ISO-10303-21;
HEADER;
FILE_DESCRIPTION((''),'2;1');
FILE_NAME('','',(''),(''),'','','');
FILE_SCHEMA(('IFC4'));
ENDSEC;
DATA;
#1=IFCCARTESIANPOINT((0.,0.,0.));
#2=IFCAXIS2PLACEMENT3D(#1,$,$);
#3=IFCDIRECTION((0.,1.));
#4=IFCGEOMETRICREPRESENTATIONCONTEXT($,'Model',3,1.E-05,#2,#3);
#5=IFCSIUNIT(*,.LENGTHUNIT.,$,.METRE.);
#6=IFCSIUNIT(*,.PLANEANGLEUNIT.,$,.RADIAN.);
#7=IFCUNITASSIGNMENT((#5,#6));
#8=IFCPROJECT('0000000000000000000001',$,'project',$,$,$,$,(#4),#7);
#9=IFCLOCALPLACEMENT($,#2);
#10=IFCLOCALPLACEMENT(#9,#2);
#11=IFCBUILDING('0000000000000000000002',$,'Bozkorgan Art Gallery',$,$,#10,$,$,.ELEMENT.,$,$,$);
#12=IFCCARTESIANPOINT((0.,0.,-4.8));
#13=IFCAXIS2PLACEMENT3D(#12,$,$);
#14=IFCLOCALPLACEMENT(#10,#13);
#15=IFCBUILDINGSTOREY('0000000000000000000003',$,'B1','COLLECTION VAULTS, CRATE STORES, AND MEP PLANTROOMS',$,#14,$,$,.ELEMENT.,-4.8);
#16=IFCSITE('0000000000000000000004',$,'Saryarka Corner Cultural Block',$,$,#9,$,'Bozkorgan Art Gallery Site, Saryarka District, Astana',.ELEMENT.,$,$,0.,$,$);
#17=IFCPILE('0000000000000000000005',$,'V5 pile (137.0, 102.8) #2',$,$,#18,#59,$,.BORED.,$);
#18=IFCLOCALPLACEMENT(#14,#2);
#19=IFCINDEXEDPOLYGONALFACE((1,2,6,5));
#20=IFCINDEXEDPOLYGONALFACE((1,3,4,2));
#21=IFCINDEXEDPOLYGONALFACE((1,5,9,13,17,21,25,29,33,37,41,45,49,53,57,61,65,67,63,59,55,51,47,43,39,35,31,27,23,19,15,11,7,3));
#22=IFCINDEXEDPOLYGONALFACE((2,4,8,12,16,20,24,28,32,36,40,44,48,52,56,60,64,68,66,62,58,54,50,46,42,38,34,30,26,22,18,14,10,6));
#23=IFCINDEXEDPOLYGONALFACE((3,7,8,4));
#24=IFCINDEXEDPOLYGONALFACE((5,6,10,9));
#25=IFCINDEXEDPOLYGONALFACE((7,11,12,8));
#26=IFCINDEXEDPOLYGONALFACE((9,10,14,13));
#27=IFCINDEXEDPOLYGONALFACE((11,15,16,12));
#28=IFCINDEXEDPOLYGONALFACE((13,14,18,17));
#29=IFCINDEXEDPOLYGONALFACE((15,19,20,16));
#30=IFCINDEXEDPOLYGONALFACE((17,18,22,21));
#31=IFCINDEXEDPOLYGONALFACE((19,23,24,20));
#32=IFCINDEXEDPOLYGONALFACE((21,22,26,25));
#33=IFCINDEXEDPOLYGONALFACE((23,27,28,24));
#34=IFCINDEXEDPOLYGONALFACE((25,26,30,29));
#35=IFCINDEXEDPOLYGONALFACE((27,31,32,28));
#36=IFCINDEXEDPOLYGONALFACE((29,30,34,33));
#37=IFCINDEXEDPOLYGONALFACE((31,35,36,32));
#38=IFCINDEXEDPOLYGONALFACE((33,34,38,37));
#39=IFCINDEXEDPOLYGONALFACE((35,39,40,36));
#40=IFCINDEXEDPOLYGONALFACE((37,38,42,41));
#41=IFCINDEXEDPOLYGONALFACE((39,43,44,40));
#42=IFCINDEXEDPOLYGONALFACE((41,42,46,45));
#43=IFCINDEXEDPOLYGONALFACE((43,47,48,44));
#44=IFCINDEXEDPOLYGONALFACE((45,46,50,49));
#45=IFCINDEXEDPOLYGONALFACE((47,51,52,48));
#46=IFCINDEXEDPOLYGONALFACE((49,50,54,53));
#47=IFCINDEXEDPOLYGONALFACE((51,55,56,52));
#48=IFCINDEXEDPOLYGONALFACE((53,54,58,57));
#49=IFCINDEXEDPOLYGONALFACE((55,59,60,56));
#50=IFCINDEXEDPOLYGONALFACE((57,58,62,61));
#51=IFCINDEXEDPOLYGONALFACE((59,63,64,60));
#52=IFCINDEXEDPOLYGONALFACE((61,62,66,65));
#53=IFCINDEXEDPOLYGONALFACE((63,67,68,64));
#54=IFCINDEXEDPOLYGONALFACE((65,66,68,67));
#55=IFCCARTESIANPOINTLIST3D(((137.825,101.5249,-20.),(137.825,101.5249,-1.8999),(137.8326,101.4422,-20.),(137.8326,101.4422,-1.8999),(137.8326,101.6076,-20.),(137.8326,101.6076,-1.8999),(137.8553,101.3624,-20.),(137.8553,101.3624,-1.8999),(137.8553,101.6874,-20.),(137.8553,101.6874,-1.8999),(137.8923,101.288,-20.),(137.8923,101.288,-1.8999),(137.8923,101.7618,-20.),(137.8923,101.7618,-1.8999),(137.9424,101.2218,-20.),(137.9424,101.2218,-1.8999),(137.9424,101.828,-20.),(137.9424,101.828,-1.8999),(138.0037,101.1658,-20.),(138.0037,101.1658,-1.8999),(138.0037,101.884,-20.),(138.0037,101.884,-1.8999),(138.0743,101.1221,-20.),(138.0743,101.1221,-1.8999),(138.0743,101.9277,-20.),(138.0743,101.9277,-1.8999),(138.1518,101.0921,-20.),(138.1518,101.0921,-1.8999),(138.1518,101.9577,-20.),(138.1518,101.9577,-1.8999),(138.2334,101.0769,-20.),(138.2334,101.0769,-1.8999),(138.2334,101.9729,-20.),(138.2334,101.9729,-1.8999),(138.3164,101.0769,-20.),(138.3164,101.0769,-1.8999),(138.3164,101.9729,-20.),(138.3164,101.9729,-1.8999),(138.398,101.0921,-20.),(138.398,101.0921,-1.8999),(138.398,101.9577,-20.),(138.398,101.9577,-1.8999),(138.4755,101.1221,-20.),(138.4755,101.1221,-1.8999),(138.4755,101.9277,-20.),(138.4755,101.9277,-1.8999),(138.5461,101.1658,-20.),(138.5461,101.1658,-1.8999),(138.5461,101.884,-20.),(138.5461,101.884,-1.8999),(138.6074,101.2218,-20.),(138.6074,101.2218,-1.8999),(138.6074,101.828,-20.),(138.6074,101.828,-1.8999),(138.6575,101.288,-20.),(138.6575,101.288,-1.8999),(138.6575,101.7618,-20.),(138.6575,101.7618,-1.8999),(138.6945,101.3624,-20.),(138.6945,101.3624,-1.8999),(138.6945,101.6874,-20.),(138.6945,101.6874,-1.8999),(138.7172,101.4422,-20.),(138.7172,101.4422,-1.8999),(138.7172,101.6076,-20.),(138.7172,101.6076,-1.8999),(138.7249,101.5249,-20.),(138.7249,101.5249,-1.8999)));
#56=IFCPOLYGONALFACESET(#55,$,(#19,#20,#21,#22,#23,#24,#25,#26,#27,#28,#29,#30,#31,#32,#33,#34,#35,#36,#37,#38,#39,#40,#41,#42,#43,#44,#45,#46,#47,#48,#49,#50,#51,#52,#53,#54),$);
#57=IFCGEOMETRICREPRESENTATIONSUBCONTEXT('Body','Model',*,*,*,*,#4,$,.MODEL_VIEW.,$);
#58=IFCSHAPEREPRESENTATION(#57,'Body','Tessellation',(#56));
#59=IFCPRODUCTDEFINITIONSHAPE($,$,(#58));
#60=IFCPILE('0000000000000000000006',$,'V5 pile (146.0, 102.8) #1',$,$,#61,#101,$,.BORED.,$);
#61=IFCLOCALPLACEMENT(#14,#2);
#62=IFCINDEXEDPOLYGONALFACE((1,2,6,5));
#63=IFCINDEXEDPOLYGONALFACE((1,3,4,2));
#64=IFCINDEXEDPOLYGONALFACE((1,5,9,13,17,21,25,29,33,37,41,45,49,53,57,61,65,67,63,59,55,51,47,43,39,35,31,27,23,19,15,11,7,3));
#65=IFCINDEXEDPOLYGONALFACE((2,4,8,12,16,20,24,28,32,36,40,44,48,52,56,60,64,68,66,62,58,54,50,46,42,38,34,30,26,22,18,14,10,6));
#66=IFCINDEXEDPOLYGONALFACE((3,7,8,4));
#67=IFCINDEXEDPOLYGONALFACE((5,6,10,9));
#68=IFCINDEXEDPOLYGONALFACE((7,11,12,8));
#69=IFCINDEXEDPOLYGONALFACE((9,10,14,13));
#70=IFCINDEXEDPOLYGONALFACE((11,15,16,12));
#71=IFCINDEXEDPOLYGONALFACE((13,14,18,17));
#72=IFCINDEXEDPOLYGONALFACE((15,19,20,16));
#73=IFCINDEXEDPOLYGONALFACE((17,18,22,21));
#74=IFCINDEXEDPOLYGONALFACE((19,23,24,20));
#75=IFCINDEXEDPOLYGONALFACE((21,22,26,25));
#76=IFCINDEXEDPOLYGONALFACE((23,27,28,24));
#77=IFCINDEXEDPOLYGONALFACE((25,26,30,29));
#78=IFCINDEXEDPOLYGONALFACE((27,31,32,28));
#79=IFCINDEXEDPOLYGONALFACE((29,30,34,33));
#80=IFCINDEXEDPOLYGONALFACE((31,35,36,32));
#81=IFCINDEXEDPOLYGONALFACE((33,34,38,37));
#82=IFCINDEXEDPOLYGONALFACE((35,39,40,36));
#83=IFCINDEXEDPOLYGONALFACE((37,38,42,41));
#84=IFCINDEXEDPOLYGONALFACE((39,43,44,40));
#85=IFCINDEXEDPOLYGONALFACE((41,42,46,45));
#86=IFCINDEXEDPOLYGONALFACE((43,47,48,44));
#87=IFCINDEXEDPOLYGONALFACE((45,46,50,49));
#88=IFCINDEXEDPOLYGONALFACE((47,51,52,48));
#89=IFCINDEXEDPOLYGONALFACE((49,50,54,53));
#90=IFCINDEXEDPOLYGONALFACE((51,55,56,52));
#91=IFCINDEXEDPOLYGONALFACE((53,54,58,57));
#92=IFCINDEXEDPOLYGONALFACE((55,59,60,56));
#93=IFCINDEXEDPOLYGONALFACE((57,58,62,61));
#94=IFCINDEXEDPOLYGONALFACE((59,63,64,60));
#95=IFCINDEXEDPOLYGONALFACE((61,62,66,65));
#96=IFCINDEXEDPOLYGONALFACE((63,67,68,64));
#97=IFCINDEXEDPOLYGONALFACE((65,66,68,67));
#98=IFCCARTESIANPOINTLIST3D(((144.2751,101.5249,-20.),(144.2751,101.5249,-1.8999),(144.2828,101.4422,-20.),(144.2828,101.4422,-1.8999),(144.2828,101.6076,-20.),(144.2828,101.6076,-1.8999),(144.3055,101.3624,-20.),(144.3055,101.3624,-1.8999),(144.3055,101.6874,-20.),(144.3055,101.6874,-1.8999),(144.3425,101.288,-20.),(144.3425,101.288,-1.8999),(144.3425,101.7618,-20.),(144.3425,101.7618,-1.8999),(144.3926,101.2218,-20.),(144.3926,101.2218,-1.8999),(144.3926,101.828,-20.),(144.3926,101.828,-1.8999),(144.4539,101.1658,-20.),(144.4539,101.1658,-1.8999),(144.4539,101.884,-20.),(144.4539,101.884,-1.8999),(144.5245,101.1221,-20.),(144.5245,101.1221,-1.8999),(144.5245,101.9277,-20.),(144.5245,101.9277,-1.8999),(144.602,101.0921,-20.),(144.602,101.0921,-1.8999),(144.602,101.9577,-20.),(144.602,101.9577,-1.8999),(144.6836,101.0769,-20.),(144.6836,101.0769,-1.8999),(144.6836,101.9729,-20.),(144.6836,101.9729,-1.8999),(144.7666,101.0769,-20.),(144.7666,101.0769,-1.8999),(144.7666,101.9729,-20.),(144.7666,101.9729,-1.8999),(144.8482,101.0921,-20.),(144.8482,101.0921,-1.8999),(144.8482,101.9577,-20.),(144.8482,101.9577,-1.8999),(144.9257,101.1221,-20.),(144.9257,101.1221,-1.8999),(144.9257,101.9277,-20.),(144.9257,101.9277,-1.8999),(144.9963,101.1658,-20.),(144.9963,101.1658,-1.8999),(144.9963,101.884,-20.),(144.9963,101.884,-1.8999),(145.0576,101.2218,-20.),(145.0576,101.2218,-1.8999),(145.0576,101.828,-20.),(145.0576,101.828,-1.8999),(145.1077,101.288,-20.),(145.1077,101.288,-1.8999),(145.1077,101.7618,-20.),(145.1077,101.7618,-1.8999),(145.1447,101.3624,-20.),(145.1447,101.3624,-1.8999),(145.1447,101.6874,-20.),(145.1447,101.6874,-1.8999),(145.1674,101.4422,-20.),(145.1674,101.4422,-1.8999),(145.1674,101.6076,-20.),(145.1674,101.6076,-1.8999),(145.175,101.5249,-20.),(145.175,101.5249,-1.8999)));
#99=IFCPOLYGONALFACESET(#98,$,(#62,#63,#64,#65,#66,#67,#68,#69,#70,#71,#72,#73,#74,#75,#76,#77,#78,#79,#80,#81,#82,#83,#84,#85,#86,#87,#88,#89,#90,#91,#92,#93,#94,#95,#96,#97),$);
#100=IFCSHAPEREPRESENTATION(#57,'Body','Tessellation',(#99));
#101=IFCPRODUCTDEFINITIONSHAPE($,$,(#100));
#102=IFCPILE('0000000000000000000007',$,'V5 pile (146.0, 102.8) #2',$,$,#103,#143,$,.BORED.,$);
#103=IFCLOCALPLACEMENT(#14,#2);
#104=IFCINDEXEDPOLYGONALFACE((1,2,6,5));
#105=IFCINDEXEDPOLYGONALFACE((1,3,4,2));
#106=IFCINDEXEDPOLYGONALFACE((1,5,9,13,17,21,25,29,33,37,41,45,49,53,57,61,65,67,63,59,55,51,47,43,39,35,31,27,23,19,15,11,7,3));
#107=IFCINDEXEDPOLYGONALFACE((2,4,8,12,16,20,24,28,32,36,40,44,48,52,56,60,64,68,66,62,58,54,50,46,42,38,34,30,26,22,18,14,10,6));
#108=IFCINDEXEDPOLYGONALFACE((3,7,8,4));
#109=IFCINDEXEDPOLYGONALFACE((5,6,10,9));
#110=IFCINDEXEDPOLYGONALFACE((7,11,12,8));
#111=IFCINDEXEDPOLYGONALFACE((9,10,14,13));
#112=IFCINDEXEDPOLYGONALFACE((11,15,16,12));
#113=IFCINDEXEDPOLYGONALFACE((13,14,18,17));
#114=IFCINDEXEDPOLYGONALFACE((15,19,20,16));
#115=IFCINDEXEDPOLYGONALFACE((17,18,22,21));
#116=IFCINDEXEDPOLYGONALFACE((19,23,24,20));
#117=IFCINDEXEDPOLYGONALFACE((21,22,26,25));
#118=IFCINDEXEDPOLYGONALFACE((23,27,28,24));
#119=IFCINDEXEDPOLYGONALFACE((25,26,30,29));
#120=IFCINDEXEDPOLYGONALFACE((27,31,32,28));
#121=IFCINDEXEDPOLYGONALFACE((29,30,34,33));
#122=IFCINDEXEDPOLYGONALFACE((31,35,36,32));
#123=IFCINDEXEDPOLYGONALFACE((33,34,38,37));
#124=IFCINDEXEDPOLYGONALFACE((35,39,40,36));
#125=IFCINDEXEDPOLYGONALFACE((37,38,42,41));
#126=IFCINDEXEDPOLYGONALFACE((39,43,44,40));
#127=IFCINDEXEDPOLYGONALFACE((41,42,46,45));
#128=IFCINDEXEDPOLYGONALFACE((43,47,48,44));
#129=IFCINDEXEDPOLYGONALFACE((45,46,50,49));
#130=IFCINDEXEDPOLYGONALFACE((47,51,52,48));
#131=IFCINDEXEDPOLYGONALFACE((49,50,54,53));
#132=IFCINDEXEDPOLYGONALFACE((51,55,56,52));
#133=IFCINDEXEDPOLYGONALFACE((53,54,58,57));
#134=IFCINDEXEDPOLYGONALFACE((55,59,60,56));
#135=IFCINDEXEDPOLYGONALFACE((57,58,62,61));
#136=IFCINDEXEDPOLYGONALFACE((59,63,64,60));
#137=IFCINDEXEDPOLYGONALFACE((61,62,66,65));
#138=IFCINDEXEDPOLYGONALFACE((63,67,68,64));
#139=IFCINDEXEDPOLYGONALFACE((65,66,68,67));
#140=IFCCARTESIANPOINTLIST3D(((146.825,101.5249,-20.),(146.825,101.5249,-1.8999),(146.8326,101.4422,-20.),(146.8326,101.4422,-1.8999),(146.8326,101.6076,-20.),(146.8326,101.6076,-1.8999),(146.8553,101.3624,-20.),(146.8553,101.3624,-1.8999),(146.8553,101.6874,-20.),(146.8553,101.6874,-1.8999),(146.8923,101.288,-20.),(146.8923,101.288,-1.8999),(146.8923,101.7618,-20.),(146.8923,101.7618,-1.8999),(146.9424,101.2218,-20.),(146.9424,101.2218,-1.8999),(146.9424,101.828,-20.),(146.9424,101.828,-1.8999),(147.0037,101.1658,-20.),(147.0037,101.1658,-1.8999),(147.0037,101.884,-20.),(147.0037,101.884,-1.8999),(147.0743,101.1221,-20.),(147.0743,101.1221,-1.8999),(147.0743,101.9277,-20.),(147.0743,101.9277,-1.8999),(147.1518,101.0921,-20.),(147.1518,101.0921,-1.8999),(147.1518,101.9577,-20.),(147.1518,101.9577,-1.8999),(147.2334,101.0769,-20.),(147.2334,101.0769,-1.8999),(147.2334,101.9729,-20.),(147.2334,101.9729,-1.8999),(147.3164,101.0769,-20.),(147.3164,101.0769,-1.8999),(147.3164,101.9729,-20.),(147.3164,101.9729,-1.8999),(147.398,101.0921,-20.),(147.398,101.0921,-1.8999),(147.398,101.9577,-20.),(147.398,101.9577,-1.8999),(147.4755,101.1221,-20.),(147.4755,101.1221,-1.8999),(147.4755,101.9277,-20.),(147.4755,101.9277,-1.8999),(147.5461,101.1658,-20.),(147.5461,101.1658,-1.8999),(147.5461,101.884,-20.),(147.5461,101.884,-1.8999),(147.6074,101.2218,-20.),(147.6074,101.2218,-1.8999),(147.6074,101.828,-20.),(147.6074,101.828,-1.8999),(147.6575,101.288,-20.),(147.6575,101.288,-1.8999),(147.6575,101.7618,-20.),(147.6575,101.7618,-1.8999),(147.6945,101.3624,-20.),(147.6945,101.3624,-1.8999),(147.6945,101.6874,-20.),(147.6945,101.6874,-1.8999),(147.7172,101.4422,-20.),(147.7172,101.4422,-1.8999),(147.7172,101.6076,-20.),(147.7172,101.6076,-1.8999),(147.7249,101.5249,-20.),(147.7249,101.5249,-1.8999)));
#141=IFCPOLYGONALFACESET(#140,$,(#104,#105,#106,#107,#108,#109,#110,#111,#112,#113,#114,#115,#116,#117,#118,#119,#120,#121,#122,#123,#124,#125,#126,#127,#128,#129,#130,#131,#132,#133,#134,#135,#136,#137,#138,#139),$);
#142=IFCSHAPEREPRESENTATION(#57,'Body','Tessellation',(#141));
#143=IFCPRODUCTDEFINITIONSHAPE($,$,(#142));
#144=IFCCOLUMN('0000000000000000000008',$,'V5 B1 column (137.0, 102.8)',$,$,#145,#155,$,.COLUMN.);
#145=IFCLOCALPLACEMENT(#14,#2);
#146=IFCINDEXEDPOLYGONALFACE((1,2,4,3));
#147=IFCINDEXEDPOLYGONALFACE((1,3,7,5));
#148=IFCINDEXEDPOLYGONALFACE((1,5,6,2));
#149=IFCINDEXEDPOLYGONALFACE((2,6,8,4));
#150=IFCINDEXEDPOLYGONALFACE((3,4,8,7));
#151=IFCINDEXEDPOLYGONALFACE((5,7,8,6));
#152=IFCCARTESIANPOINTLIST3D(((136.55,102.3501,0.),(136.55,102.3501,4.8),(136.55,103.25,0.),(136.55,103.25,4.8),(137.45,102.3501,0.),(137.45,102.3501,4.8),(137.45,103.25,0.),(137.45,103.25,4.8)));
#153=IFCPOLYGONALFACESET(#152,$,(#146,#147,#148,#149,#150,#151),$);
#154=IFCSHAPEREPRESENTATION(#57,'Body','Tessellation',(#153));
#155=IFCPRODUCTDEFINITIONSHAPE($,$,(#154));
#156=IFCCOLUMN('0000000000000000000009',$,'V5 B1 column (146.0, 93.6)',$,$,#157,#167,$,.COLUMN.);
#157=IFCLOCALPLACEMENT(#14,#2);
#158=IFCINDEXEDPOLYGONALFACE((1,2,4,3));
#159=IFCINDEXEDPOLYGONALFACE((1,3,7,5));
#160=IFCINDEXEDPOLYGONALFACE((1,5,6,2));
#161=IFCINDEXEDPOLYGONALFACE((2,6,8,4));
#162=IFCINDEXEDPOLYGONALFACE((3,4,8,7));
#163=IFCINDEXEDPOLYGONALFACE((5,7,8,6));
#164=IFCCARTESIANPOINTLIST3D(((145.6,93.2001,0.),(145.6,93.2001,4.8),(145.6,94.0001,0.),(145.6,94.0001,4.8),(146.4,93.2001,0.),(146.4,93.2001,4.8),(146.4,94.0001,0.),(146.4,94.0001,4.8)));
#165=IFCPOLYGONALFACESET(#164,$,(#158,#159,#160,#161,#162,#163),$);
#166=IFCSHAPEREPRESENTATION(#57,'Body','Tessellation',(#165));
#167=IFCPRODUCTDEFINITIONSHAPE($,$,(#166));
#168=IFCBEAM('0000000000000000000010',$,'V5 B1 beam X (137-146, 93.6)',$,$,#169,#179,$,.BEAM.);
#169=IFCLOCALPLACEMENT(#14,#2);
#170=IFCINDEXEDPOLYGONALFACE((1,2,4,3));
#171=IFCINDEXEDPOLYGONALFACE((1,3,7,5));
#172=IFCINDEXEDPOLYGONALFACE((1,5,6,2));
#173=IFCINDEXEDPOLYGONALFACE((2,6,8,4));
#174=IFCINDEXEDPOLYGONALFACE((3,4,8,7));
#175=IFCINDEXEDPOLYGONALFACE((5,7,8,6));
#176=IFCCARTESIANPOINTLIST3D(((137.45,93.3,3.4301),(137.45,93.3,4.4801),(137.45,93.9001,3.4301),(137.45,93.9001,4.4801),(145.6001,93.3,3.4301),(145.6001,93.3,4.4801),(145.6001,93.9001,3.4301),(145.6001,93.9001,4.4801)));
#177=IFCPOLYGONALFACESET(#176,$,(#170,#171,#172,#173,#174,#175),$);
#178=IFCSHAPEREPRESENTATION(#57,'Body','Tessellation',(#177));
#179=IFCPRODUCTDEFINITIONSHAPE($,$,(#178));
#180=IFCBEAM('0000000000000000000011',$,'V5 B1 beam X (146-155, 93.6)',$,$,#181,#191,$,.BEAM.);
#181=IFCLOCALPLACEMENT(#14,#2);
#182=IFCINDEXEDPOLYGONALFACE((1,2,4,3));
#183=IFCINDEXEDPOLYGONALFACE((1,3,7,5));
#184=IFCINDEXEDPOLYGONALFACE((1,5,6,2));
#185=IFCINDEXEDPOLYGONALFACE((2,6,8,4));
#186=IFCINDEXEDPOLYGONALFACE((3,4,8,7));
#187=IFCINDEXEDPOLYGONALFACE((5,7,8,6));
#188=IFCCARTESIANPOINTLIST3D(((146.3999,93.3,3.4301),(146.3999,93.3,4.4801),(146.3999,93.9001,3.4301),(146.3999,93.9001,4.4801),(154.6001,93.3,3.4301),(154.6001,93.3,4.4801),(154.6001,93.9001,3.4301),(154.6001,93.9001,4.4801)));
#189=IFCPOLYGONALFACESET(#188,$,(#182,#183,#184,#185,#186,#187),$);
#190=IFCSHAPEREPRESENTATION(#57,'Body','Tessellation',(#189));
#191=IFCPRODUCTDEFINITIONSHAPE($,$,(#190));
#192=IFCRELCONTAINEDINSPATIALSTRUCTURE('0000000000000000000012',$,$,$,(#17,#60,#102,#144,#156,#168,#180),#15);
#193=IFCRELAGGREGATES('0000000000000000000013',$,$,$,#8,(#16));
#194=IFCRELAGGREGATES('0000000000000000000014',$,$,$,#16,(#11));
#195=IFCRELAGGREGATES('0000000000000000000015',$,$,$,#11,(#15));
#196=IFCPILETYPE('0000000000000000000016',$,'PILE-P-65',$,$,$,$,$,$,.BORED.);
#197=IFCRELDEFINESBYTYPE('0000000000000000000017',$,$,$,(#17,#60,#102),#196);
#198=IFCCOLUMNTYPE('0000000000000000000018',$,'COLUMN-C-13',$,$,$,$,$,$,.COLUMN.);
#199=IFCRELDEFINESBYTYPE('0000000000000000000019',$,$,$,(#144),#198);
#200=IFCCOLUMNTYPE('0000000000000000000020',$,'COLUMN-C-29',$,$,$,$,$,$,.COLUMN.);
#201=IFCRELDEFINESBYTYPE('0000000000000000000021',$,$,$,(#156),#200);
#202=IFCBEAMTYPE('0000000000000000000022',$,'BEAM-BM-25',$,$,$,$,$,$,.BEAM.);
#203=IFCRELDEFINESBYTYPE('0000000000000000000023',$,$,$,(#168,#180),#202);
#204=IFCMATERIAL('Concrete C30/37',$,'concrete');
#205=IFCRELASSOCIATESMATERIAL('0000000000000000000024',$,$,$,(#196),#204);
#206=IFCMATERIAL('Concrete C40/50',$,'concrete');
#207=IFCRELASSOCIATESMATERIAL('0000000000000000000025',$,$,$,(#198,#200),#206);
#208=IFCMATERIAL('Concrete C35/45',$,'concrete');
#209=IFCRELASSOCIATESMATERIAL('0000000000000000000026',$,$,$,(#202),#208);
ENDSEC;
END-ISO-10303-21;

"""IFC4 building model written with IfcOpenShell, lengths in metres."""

from ifc_helpers import new_model, si_unit, direction, frame, origin, origin_2d, place, context, subcontext, project, spatial, rectangle, circle, extrude, material, material_profile, profile_set, type_object, element, save


model = new_model("IFC4")

# Units and contexts
model_context = context("Model", 3, precision=1e-05, world=origin(), true_north=direction((0.0, 1.0)))
body_context = subcontext(model_context, "Body", "Model", "MODEL_VIEW")
ifc_project = project(units=[si_unit("LENGTHUNIT", "METRE"), si_unit("PLANEANGLEUNIT", "RADIAN")], contexts=[model_context])

# Site, building, storey
site_placement = place(None, origin())
site = spatial("IfcSite", under=ifc_project, at=site_placement, Name="Saryarka Corner Cultural Block", LongName="Bozkorgan Art Gallery Site, Saryarka District, Astana", CompositionType="ELEMENT", RefElevation=0.0)
building_placement = place(site_placement, origin())
building = spatial("IfcBuilding", under=site, at=building_placement, Name="Bozkorgan Art Gallery", CompositionType="ELEMENT")
storey_placement = place(building_placement, frame((0.0, 0.0, -4.8)))
storey = spatial("IfcBuildingStorey", under=building, at=storey_placement, Name="B1", Description="COLLECTION VAULTS, CRATE STORES, AND MEP PLANTROOMS", CompositionType="ELEMENT", Elevation=-4.8)

# Shared definitions
ifc_material_1 = material(Name="Concrete C30/37", Category="concrete")

# Piles
ifc_material_profile_1 = material_profile(ifc_material_1, circle(Radius=0.45, at=origin_2d()), Name="PILE D900")
ifc_profile_set_1 = profile_set([ifc_material_profile_1], Name="Concrete C30/37")
pile_type_1 = type_object("IfcPileType", Name="PILE-P-65", PredefinedType="BORED", material=ifc_profile_set_1)
for number, where, z_axis, x_axis, name in (
    (1, (138.2749, 101.5249, -1.8999), (0.0, 0.0, -1.0), (1.0, 0.0, 0.0), "V5 pile (137.0, 102.8) #2"),
    (2, (144.7251, 101.5249, -1.8999), (0.0, 0.0, -1.0), (1.0, 0.0, 0.0), "V5 pile (146.0, 102.8) #1"),
    (3, (147.2749, 101.5249, -1.8999), (0.0, 0.0, -1.0), (1.0, 0.0, 0.0), "V5 pile (146.0, 102.8) #2"),
):
    element("IfcPile", number, at=place(storey_placement, frame(where, z_axis=z_axis, x_axis=x_axis)), inside=storey, type_object=pile_type_1, Name=name, PredefinedType="BORED", context=body_context, shape_type="SweptSolid", body=[
        extrude(circle(Radius=0.45, at=origin_2d()), origin(), (0.0, 0.0, 1.0), 18.1001),
    ])

# Columns
ifc_material_2 = material(Name="Concrete C40/50", Category="concrete")
ifc_material_profile_2 = material_profile(ifc_material_2, rectangle(XDim=0.8999, YDim=0.8999, at=origin_2d()), Name="RC 900x900")
ifc_profile_set_2 = profile_set([ifc_material_profile_2], Name="Concrete C40/50")
column_type_1 = type_object("IfcColumnType", Name="COLUMN-C-13", PredefinedType="COLUMN", material=ifc_profile_set_2)
column_1_placement = place(storey_placement, frame((137.0, 102.8, 0.0), z_axis=(0.0, 0.0, 1.0), x_axis=(1.0, 0.0, 0.0)))
element("IfcColumn", 4, at=column_1_placement, inside=storey, type_object=column_type_1, Name="V5 B1 column (137.0, 102.8)", PredefinedType="COLUMN", context=body_context, shape_type="SweptSolid", body=[
    extrude(rectangle(XDim=0.8999, YDim=0.8999, at=origin_2d()), origin(), (0.0, 0.0, 1.0), 4.8),
])
ifc_material_profile_3 = material_profile(ifc_material_2, rectangle(XDim=0.8, YDim=0.8, at=origin_2d()), Name="RC 800x800")
ifc_profile_set_3 = profile_set([ifc_material_profile_3], Name="Concrete C40/50")
column_type_2 = type_object("IfcColumnType", Name="COLUMN-C-29", PredefinedType="COLUMN", material=ifc_profile_set_3)
column_2_placement = place(storey_placement, frame((146.0, 93.6001, 0.0), z_axis=(0.0, 0.0, 1.0), x_axis=(1.0, 0.0, 0.0)))
element("IfcColumn", 5, at=column_2_placement, inside=storey, type_object=column_type_2, Name="V5 B1 column (146.0, 93.6)", PredefinedType="COLUMN", context=body_context, shape_type="SweptSolid", body=[
    extrude(rectangle(XDim=0.8, YDim=0.8, at=origin_2d()), origin(), (0.0, 0.0, 1.0), 4.8),
])

# Beams
ifc_material_3 = material(Name="Concrete C35/45", Category="concrete")
ifc_material_profile_4 = material_profile(ifc_material_3, rectangle(XDim=0.6001, YDim=1.05, at=origin_2d()), Name="RC 600x1050")
ifc_profile_set_4 = profile_set([ifc_material_profile_4], Name="Concrete C35/45")
beam_type_1 = type_object("IfcBeamType", Name="BEAM-BM-25", PredefinedType="BEAM", material=ifc_profile_set_4)
beam_1_placement = place(storey_placement, frame((137.45, 93.6001, 3.9551), z_axis=(1.0, 0.0, 0.0), x_axis=(0.0, 1.0, 0.0)))
element("IfcBeam", 6, at=beam_1_placement, inside=storey, type_object=beam_type_1, Name="V5 B1 beam X (137-146, 93.6)", PredefinedType="BEAM", context=body_context, shape_type="SweptSolid", body=[
    extrude(rectangle(XDim=0.6001, YDim=1.05, at=origin_2d()), origin(), (0.0, 0.0, 1.0), 8.1501),
])
beam_2_placement = place(storey_placement, frame((146.3999, 93.6001, 3.9551), z_axis=(1.0, 0.0, 0.0), x_axis=(0.0, 1.0, 0.0)))
element("IfcBeam", 7, at=beam_2_placement, inside=storey, type_object=beam_type_1, Name="V5 B1 beam X (146-155, 93.6)", PredefinedType="BEAM", context=body_context, shape_type="SweptSolid", body=[
    extrude(rectangle(XDim=0.6001, YDim=1.05, at=origin_2d()), origin(), (0.0, 0.0, 1.0), 8.2002),
])

save(model, "model.ifc")
